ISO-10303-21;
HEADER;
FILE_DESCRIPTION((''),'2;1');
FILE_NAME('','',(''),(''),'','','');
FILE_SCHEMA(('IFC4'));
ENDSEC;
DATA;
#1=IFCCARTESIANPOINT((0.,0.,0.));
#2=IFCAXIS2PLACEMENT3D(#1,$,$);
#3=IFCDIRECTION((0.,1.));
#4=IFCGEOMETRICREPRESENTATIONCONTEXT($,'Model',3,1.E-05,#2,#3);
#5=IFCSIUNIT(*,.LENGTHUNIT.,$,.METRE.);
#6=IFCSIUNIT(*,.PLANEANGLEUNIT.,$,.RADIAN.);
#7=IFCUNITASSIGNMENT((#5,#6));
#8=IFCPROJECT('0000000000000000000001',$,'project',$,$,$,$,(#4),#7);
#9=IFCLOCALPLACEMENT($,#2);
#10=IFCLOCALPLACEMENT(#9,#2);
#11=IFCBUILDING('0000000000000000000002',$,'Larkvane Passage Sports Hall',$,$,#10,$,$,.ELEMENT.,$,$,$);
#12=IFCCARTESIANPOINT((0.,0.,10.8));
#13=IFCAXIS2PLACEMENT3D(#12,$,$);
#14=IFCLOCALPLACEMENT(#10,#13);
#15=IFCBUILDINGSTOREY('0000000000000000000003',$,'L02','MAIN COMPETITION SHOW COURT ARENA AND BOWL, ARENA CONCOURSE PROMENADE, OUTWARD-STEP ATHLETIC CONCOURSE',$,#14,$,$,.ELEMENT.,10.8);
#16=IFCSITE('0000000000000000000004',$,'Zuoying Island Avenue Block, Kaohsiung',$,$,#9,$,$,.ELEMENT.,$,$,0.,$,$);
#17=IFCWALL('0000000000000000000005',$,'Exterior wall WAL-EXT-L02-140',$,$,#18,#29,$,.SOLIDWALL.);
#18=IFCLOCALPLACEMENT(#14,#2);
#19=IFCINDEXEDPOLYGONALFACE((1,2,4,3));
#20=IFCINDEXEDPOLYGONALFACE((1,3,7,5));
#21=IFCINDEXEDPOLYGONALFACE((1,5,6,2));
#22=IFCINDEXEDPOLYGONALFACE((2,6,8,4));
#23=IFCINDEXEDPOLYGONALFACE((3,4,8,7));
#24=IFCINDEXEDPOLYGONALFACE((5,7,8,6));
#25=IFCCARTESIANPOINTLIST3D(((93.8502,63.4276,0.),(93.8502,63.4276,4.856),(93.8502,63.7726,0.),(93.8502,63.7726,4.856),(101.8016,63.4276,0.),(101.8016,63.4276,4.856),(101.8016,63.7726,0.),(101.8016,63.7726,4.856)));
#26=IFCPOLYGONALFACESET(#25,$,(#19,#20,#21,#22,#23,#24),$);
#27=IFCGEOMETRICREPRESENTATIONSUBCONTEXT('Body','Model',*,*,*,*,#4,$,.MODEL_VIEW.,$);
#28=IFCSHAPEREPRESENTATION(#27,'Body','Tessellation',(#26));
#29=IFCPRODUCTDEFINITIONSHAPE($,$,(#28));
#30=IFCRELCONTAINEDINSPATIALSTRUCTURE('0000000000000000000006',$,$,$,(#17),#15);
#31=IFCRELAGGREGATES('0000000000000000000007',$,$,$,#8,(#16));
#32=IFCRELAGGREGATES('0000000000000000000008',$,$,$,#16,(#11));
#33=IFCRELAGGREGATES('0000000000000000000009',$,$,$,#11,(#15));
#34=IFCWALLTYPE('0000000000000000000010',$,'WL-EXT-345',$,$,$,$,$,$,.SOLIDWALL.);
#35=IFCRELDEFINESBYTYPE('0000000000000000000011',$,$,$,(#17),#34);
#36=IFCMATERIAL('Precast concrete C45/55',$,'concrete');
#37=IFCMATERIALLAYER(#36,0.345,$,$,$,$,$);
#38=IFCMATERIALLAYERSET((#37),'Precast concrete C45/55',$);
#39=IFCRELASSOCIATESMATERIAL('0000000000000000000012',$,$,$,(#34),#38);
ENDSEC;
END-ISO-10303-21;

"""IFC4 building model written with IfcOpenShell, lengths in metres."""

from ifc_helpers import new_model, si_unit, direction, frame, frame_2d, origin, place, context, subcontext, project, spatial, rectangle, extrude, material, layer, layer_set, type_object, element, save


model = new_model("IFC4")

# Units and contexts
model_context = context("Model", 3, precision=1e-05, world=origin(), true_north=direction((0.0, 1.0)))
body_context = subcontext(model_context, "Body", "Model", "MODEL_VIEW")
ifc_project = project(units=[si_unit("LENGTHUNIT", "METRE"), si_unit("PLANEANGLEUNIT", "RADIAN")], contexts=[model_context])

# Site, building, storey
site_placement = place(None, origin())
site = spatial("IfcSite", under=ifc_project, at=site_placement, Name="Zuoying Island Avenue Block, Kaohsiung", CompositionType="ELEMENT", RefElevation=0.0)
building_placement = place(site_placement, origin())
building = spatial("IfcBuilding", under=site, at=building_placement, Name="Larkvane Passage Sports Hall", CompositionType="ELEMENT")
storey_placement = place(building_placement, frame((0.0, 0.0, 10.8)))
storey = spatial("IfcBuildingStorey", under=building, at=storey_placement, Name="L02", Description="MAIN COMPETITION SHOW COURT ARENA AND BOWL, ARENA CONCOURSE PROMENADE, OUTWARD-STEP ATHLETIC CONCOURSE", CompositionType="ELEMENT", Elevation=10.8)

# Wall
ifc_material_1 = material(Name="Precast concrete C45/55", Category="concrete")
ifc_layer_1 = layer(ifc_material_1, 0.345)
ifc_layer_set_1 = layer_set([ifc_layer_1], Name="Precast concrete C45/55")
wall_type = type_object("IfcWallType", Name="WL-EXT-345", PredefinedType="SOLIDWALL", material=ifc_layer_set_1)
wall_placement = place(storey_placement, frame((101.8015, 63.6001, 0.0), z_axis=(0.0, 0.0, 1.0), x_axis=(-1.0, 0.0, 0.0)))
element("IfcWall", 1, at=wall_placement, inside=storey, type_object=wall_type, Name="Exterior wall WAL-EXT-L02-140", PredefinedType="SOLIDWALL", context=body_context, shape_type="SweptSolid", body=[
    extrude(rectangle(XDim=7.9514, YDim=0.345, at=frame_2d((3.9756, 0.0))), origin(), (0.0, 0.0, 1.0), 4.856),
])

save(model, "model.ifc")
